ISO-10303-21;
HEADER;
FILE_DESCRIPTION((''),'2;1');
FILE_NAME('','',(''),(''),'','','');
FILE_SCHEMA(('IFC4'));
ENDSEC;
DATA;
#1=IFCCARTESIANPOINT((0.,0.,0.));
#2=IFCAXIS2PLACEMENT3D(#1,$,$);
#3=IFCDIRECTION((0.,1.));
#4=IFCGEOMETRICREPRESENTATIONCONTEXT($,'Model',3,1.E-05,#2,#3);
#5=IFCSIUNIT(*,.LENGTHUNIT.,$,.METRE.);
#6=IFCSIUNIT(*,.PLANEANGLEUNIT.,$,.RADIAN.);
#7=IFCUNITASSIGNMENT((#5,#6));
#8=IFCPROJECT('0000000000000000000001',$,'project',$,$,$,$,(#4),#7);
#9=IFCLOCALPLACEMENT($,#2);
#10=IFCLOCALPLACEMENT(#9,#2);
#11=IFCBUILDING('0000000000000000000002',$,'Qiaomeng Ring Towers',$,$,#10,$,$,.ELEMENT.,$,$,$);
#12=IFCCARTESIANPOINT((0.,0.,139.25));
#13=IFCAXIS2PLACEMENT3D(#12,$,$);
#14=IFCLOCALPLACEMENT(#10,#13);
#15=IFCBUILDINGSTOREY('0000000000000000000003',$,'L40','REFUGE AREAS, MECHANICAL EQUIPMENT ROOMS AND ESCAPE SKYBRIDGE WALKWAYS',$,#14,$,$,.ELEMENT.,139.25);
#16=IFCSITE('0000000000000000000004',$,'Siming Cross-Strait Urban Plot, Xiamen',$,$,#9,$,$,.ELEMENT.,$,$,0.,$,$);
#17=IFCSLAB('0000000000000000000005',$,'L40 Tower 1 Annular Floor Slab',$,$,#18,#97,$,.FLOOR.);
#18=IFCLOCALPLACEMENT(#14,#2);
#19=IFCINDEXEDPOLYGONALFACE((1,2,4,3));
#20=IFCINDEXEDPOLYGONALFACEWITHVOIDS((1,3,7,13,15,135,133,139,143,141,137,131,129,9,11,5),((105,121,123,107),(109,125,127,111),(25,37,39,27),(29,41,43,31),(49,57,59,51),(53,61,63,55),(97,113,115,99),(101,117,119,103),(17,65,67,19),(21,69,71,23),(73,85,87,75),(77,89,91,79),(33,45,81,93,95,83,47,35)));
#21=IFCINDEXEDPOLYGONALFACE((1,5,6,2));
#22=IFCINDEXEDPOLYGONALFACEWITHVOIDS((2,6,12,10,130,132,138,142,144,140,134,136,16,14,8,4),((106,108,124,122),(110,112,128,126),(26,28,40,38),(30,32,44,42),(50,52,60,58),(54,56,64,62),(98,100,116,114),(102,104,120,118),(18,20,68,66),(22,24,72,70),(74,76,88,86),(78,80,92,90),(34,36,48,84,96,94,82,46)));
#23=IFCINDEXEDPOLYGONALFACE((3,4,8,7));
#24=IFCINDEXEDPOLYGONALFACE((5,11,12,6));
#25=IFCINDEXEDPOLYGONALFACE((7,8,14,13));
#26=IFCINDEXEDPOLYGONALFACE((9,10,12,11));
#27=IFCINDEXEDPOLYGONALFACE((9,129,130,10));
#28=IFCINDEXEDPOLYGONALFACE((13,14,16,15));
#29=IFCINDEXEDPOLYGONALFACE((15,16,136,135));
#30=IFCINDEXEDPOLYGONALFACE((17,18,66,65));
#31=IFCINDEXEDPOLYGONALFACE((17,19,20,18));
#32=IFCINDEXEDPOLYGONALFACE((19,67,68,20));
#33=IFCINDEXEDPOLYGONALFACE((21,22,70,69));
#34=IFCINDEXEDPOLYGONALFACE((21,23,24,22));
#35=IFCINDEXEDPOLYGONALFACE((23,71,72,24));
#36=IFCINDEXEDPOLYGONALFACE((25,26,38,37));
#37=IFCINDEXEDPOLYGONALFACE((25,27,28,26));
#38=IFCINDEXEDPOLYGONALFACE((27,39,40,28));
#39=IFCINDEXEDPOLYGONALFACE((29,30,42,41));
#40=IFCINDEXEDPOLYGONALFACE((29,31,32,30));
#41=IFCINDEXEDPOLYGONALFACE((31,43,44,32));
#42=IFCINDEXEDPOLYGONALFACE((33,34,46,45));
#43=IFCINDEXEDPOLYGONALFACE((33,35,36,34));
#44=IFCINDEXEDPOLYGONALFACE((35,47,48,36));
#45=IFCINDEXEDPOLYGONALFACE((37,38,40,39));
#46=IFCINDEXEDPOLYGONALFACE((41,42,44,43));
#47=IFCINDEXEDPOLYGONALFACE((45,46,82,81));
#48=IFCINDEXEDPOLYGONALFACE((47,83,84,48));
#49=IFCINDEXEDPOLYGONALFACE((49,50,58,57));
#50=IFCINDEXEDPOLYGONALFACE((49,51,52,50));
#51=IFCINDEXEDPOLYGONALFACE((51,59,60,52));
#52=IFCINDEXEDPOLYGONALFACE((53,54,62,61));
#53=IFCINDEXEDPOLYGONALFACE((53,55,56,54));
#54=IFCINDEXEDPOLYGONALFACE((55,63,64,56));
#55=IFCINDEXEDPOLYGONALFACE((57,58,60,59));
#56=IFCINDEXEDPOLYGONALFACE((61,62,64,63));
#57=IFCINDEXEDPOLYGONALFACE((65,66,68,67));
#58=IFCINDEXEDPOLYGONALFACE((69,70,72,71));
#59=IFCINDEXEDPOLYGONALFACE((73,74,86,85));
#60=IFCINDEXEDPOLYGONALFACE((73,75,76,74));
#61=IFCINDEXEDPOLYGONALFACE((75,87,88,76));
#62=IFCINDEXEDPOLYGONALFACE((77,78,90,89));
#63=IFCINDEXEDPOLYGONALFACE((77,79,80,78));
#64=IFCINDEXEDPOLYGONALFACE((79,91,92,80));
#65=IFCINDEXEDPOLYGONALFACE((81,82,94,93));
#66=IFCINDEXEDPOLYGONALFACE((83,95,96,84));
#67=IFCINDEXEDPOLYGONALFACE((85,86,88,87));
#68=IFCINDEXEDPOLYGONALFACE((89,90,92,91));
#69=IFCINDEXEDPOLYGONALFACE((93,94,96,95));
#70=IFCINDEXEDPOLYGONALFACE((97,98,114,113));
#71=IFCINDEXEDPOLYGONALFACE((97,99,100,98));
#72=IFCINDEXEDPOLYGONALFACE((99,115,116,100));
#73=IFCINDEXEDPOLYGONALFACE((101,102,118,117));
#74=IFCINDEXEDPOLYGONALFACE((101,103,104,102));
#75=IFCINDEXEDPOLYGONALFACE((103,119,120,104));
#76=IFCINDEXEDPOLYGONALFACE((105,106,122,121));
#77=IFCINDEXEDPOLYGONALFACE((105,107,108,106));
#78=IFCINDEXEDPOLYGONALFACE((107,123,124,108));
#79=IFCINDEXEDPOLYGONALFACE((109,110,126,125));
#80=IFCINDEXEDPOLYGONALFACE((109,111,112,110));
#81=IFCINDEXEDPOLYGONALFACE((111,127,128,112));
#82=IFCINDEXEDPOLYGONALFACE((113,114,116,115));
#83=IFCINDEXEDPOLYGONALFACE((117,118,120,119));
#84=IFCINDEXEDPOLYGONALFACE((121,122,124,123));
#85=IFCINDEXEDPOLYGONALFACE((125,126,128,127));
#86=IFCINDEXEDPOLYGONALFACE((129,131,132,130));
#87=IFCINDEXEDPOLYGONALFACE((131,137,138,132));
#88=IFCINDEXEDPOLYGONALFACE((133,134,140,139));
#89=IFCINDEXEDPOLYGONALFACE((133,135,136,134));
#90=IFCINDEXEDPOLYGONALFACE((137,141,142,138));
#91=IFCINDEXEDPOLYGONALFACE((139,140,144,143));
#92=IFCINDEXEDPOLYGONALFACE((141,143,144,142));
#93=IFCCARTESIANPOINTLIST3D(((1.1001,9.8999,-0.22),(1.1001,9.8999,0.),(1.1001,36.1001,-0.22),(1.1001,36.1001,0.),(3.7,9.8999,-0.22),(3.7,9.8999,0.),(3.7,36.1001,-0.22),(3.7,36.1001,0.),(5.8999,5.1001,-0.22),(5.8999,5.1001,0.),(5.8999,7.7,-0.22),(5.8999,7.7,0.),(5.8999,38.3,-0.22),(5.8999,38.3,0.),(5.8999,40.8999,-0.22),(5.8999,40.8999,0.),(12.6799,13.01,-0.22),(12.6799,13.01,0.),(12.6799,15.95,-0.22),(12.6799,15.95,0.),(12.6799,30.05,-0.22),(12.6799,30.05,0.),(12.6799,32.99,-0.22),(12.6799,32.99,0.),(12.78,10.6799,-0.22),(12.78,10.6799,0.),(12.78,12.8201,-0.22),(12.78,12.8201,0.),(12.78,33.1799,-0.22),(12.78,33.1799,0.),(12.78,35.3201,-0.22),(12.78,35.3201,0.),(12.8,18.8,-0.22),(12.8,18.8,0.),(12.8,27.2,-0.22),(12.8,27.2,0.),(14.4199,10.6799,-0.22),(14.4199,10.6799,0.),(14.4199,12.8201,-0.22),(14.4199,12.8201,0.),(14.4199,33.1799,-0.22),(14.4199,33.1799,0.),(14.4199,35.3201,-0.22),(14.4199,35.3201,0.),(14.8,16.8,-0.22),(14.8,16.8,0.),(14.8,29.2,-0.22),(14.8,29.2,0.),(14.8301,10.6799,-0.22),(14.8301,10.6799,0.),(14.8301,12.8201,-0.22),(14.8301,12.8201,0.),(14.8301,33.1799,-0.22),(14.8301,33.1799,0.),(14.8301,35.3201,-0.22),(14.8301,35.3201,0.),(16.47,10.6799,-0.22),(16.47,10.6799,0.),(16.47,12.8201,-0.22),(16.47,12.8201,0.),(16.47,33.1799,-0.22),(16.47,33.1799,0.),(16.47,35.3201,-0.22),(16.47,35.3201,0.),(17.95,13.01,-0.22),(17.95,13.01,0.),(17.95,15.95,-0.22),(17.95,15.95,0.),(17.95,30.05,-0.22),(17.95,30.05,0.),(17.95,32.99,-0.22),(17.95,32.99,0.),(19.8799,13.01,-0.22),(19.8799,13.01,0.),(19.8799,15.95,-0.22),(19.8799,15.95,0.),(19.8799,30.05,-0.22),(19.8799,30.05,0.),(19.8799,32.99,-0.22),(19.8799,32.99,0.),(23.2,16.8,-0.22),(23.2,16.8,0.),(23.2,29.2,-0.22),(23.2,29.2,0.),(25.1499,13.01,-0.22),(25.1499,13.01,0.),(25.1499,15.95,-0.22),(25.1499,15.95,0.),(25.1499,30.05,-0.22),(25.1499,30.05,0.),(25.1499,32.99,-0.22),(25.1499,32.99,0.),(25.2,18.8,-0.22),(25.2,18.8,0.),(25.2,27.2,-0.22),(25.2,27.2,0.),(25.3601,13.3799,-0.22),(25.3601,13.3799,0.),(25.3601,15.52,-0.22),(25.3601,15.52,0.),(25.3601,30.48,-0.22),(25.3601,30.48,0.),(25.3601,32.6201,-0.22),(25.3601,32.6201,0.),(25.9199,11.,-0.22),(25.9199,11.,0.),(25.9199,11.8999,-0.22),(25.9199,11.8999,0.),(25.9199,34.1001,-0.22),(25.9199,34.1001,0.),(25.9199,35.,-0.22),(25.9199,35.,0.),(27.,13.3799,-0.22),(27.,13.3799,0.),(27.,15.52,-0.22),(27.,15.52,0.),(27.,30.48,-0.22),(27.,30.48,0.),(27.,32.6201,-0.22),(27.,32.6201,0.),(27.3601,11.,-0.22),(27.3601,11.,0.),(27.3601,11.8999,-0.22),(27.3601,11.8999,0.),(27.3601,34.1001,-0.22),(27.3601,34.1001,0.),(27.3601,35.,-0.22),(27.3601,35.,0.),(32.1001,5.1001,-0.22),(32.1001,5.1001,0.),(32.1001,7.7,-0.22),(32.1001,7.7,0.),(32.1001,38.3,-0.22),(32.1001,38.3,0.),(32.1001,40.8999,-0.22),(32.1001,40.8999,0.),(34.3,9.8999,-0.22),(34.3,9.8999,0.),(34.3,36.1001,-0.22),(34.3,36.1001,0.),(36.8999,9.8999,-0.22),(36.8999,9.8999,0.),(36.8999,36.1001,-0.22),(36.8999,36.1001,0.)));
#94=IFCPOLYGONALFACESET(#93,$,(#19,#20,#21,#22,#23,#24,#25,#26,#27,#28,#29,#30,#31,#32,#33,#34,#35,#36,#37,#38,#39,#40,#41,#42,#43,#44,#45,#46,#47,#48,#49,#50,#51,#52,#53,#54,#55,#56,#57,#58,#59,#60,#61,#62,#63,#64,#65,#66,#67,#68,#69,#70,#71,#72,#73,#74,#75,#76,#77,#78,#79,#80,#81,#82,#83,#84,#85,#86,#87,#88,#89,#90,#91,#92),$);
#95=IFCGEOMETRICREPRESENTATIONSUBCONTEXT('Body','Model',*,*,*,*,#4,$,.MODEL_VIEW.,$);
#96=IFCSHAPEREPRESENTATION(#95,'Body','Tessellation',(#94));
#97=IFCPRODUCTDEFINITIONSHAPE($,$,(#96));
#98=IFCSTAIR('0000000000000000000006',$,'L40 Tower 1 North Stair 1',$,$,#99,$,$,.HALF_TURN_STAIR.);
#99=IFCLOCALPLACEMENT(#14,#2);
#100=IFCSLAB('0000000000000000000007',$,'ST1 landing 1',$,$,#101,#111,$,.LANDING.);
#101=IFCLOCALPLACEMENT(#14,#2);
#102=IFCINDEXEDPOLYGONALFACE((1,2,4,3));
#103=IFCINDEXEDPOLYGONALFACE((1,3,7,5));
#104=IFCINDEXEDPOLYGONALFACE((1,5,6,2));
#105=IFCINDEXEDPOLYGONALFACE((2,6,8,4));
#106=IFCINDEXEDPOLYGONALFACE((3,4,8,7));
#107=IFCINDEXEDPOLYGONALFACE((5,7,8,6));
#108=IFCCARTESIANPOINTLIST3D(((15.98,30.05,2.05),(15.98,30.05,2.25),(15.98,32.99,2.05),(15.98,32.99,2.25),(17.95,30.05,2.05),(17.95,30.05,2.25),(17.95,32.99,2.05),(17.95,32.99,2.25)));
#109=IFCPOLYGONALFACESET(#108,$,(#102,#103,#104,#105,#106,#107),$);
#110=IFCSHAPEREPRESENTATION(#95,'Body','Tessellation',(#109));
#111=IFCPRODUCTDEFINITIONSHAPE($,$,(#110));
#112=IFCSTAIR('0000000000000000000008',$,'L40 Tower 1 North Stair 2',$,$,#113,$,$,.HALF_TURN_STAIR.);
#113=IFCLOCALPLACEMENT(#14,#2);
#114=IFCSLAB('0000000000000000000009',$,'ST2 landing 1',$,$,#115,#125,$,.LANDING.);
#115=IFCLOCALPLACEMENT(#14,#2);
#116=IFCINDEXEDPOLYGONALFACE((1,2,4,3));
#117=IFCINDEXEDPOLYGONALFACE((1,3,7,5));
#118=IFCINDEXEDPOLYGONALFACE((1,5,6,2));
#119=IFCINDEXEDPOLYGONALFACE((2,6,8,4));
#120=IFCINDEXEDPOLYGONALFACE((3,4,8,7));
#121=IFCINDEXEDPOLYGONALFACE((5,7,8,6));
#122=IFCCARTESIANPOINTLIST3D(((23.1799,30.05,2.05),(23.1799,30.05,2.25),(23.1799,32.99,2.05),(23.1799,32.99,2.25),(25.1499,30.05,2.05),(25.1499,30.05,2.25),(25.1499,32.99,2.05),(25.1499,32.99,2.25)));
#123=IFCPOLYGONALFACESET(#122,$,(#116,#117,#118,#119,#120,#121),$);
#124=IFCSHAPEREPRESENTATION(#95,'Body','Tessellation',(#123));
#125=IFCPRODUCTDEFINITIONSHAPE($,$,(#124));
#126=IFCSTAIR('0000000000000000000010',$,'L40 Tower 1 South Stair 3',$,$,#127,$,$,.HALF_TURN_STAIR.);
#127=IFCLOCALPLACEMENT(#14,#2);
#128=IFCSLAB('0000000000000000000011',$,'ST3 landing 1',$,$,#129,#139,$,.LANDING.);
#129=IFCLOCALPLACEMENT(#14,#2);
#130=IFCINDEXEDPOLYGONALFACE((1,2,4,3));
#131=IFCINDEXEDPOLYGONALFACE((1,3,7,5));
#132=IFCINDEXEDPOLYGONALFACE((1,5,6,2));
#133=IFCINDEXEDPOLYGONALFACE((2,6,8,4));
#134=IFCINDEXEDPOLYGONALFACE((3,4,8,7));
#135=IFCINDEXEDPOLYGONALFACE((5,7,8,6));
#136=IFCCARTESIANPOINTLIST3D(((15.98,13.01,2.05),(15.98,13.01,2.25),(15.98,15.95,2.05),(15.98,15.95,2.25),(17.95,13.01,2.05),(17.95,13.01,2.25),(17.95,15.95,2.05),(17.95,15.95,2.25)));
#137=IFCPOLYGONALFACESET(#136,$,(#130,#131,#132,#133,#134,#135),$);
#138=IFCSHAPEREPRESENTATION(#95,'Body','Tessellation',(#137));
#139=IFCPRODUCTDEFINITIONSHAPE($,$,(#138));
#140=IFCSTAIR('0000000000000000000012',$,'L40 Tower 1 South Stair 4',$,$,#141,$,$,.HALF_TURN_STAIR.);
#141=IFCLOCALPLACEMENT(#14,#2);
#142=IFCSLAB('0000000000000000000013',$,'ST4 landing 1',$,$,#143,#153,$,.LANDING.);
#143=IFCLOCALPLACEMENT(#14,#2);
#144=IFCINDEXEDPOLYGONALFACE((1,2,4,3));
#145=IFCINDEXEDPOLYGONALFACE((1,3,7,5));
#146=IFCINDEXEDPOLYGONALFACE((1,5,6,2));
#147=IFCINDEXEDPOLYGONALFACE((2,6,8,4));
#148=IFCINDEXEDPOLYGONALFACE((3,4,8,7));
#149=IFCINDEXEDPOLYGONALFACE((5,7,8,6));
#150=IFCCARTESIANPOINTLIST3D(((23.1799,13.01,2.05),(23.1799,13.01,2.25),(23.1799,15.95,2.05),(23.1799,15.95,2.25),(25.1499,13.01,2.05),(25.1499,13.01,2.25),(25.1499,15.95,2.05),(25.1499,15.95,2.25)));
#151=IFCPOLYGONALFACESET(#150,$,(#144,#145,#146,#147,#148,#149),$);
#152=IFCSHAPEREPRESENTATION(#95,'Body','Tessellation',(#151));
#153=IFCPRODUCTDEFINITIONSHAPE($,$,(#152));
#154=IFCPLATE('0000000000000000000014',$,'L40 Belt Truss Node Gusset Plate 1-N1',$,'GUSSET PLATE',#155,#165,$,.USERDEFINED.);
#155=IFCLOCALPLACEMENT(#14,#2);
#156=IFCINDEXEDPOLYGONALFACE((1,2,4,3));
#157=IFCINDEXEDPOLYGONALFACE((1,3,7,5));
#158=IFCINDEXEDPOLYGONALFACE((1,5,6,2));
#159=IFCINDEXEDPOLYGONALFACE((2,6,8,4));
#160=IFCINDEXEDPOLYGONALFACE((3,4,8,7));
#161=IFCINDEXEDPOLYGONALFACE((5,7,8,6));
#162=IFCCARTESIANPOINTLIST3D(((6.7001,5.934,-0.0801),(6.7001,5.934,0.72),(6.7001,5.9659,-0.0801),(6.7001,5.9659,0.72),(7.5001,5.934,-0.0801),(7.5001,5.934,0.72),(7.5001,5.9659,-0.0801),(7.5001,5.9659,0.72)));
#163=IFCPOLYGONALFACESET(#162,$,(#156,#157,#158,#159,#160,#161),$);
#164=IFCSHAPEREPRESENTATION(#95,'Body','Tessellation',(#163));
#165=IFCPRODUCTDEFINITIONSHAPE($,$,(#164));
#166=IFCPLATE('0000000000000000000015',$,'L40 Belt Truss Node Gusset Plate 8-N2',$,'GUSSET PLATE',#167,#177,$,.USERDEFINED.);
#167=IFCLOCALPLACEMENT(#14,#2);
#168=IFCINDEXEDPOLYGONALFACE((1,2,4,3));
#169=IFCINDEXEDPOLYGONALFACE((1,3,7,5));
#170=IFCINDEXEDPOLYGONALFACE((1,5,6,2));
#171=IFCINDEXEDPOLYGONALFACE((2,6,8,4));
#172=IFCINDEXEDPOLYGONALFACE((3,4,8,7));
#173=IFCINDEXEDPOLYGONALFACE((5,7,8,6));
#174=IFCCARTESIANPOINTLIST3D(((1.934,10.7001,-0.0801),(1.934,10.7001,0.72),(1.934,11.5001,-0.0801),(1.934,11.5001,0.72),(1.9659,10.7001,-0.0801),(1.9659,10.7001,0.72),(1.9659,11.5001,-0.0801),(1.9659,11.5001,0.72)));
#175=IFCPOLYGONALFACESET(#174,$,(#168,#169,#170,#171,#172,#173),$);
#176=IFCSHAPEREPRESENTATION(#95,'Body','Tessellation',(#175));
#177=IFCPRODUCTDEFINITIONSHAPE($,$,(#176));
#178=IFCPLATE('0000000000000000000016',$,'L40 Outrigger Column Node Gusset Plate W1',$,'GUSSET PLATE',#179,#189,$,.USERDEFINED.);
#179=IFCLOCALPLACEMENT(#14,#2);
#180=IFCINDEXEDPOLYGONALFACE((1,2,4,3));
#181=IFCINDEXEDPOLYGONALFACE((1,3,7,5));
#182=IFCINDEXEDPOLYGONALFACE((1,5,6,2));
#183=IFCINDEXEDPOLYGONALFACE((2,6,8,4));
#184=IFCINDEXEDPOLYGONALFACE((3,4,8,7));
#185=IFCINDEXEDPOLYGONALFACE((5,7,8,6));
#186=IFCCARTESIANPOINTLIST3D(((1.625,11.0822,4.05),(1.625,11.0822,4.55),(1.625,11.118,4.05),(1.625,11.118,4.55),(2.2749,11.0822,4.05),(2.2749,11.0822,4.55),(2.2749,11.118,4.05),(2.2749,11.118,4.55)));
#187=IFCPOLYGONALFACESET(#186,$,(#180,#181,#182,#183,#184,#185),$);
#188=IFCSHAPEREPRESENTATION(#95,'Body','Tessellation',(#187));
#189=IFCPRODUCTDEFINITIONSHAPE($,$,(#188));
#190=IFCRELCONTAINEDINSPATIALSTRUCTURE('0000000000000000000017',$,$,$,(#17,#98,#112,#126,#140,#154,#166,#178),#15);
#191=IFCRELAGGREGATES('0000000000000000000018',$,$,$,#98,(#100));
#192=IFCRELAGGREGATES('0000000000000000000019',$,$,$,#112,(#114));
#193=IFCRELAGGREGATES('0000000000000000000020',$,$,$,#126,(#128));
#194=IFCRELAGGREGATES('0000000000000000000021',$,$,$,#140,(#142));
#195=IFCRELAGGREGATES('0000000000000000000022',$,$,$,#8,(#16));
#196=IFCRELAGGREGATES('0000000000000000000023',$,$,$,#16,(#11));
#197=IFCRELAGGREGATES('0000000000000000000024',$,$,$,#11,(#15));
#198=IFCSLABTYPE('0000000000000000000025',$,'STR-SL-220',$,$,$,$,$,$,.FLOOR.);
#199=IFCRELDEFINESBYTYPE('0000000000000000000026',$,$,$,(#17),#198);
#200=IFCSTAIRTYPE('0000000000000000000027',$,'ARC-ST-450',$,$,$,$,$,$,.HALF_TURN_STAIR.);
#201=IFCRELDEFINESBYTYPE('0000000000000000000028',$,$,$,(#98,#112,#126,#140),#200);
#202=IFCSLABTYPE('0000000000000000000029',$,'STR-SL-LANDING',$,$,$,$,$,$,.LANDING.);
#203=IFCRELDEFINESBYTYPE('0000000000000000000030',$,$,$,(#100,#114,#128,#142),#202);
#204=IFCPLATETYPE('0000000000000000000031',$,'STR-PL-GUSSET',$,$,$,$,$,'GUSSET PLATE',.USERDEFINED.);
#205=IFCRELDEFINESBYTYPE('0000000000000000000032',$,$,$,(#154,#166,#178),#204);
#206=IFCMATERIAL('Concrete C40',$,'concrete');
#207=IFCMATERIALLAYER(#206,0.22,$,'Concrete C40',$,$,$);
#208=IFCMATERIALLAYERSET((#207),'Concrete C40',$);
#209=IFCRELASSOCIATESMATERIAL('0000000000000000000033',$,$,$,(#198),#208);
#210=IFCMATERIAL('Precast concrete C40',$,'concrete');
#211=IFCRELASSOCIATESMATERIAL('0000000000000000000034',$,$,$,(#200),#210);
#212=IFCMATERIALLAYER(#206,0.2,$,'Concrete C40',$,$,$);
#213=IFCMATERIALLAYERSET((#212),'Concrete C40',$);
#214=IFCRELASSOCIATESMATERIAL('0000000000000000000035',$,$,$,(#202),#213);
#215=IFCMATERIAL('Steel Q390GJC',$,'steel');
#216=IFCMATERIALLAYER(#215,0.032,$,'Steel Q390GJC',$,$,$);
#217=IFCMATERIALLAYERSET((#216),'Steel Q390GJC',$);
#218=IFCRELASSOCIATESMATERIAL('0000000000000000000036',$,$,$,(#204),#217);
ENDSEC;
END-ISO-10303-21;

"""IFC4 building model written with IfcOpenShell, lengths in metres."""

from ifc_helpers import new_model, si_unit, direction, frame, origin, origin_2d, place, context, subcontext, project, spatial, polyline, rectangle, outline, extrude, source, transform, mapped, material, layer, layer_set, type_object, element, aggregate, save


model = new_model("IFC4")

# Units and contexts
model_context = context("Model", 3, precision=1e-05, world=origin(), true_north=direction((0.0, 1.0)))
body_context = subcontext(model_context, "Body", "Model", "MODEL_VIEW")
ifc_project = project(units=[si_unit("LENGTHUNIT", "METRE"), si_unit("PLANEANGLEUNIT", "RADIAN")], contexts=[model_context])

# Site, building, storey
site_placement = place(None, origin())
site = spatial("IfcSite", under=ifc_project, at=site_placement, Name="Siming Cross-Strait Urban Plot, Xiamen", CompositionType="ELEMENT", RefElevation=0.0)
building_placement = place(site_placement, origin())
building = spatial("IfcBuilding", under=site, at=building_placement, Name="Qiaomeng Ring Towers", CompositionType="ELEMENT")
storey_placement = place(building_placement, frame((0.0, 0.0, 139.25)))
storey = spatial("IfcBuildingStorey", under=building, at=storey_placement, Name="L40", Description="REFUGE AREAS, MECHANICAL EQUIPMENT ROOMS AND ESCAPE SKYBRIDGE WALKWAYS", CompositionType="ELEMENT", Elevation=139.25)

# Shared definitions
ifc_material_1 = material(Name="Steel Q390GJC", Category="steel")

# Slab
ifc_material_2 = material(Name="Concrete C40", Category="concrete")
ifc_layer_1 = layer(ifc_material_2, 0.22, Name="Concrete C40")
ifc_layer_set_1 = layer_set([ifc_layer_1], Name="Concrete C40")
slab_type_1 = type_object("IfcSlabType", Name="STR-SL-220", PredefinedType="FLOOR", material=ifc_layer_set_1)
slab_1_placement = place(storey_placement, frame((0.0, 0.0, -0.22)))
element("IfcSlab", 1, at=slab_1_placement, inside=storey, type_object=slab_type_1, Name="L40 Tower 1 Annular Floor Slab", PredefinedType="FLOOR", context=body_context, shape_type="SweptSolid", body=[
    extrude(outline(polyline([(5.8999, 5.1001), (32.1001, 5.1001), (32.1001, 7.7), (34.3, 9.8999), (36.8999, 9.8999), (36.8999, 36.1001), (34.3, 36.1001), (32.1001, 38.3), (32.1001, 40.8999), (5.8999, 40.8999), (5.8999, 38.3), (3.7, 36.1001), (1.1001, 36.1001), (1.1001, 9.8999), (3.7, 9.8999), (5.8999, 7.7), (5.8999, 5.1001)]), holes=[polyline([(12.78, 10.6799), (12.78, 12.8201), (14.4199, 12.8201), (14.4199, 10.6799), (12.78, 10.6799)]), polyline([(14.8301, 12.8201), (16.47, 12.8201), (16.47, 10.6799), (14.8301, 10.6799), (14.8301, 12.8201)]), polyline([(12.6799, 15.95), (17.95, 15.95), (17.95, 13.01), (12.6799, 13.01), (12.6799, 15.95)]), polyline([(23.2, 29.2), (25.2, 27.2), (25.2, 18.8), (23.2, 16.8), (14.8, 16.8), (12.8, 18.8), (12.8, 27.2), (14.8, 29.2), (23.2, 29.2)]), polyline([(12.6799, 32.99), (17.95, 32.99), (17.95, 30.05), (12.6799, 30.05), (12.6799, 32.99)]), polyline([(12.78, 35.3201), (14.4199, 35.3201), (14.4199, 33.1799), (12.78, 33.1799), (12.78, 35.3201)]), polyline([(14.8301, 33.1799), (14.8301, 35.3201), (16.47, 35.3201), (16.47, 33.1799), (14.8301, 33.1799)]), polyline([(25.9199, 11.8999), (27.3601, 11.8999), (27.3601, 11.0), (25.9199, 11.0), (25.9199, 11.8999)]), polyline([(25.3601, 15.52), (27.0, 15.52), (27.0, 13.3799), (25.3601, 13.3799), (25.3601, 15.52)]), polyline([(19.8799, 15.95), (25.1499, 15.95), (25.1499, 13.01), (19.8799, 13.01), (19.8799, 15.95)]), polyline([(19.8799, 32.99), (25.1499, 32.99), (25.1499, 30.05), (19.8799, 30.05), (19.8799, 32.99)]), polyline([(25.3601, 32.6201), (27.0, 32.6201), (27.0, 30.48), (25.3601, 30.48), (25.3601, 32.6201)]), polyline([(25.9199, 35.0), (27.3601, 35.0), (27.3601, 34.1001), (25.9199, 34.1001), (25.9199, 35.0)])]), origin(), (0.0, 0.0, 1.0), 0.22),
])

# Stairs, slabs
ifc_material_3 = material(Name="Precast concrete C40", Category="concrete")
stair_type = type_object("IfcStairType", Name="ARC-ST-450", PredefinedType="HALF_TURN_STAIR", material=ifc_material_3)
stair_1_placement = place(storey_placement, origin())
stair_1 = element("IfcStair", 2, at=stair_1_placement, inside=storey, type_object=stair_type, Name="L40 Tower 1 North Stair 1", PredefinedType="HALF_TURN_STAIR")
ifc_layer_2 = layer(ifc_material_2, 0.2, Name="Concrete C40")
ifc_layer_set_2 = layer_set([ifc_layer_2], Name="Concrete C40")
slab_type_2 = type_object("IfcSlabType", Name="STR-SL-LANDING", PredefinedType="LANDING", material=ifc_layer_set_2)
slab_2_placement = place(storey_placement, frame((0.0, 0.0, 2.05)))
slab_2 = element("IfcSlab", 3, at=slab_2_placement, type_object=slab_type_2, Name="ST1 landing 1", PredefinedType="LANDING", context=body_context, shape_type="SweptSolid", body=[
    extrude(outline(polyline([(15.98, 30.05), (17.95, 30.05), (17.95, 32.99), (15.98, 32.99), (15.98, 30.05)])), origin(), (0.0, 0.0, 1.0), 0.2),
])
aggregate(stair_1, [slab_2])
stair_2_placement = place(storey_placement, origin())
stair_2 = element("IfcStair", 4, at=stair_2_placement, inside=storey, type_object=stair_type, Name="L40 Tower 1 North Stair 2", PredefinedType="HALF_TURN_STAIR")
slab_3_placement = place(storey_placement, frame((0.0, 0.0, 2.05)))
slab_3 = element("IfcSlab", 5, at=slab_3_placement, type_object=slab_type_2, Name="ST2 landing 1", PredefinedType="LANDING", context=body_context, shape_type="SweptSolid", body=[
    extrude(outline(polyline([(23.1799, 30.05), (25.1499, 30.05), (25.1499, 32.99), (23.1799, 32.99), (23.1799, 30.05)])), origin(), (0.0, 0.0, 1.0), 0.2),
])
aggregate(stair_2, [slab_3])
stair_3_placement = place(storey_placement, origin())
stair_3 = element("IfcStair", 6, at=stair_3_placement, inside=storey, type_object=stair_type, Name="L40 Tower 1 South Stair 3", PredefinedType="HALF_TURN_STAIR")
slab_4_placement = place(storey_placement, frame((0.0, 0.0, 2.05)))
slab_4 = element("IfcSlab", 7, at=slab_4_placement, type_object=slab_type_2, Name="ST3 landing 1", PredefinedType="LANDING", context=body_context, shape_type="SweptSolid", body=[
    extrude(outline(polyline([(15.98, 13.01), (17.95, 13.01), (17.95, 15.95), (15.98, 15.95), (15.98, 13.01)])), origin(), (0.0, 0.0, 1.0), 0.2),
])
aggregate(stair_3, [slab_4])
stair_4_placement = place(storey_placement, origin())
stair_4 = element("IfcStair", 8, at=stair_4_placement, inside=storey, type_object=stair_type, Name="L40 Tower 1 South Stair 4", PredefinedType="HALF_TURN_STAIR")
slab_5_placement = place(storey_placement, frame((0.0, 0.0, 2.05)))
slab_5 = element("IfcSlab", 9, at=slab_5_placement, type_object=slab_type_2, Name="ST4 landing 1", PredefinedType="LANDING", context=body_context, shape_type="SweptSolid", body=[
    extrude(outline(polyline([(23.1799, 13.01), (25.1499, 13.01), (25.1499, 15.95), (23.1799, 15.95), (23.1799, 13.01)])), origin(), (0.0, 0.0, 1.0), 0.2),
])
aggregate(stair_4, [slab_5])

# Plates
ifc_layer_3 = layer(ifc_material_1, 0.032, Name="Steel Q390GJC")
ifc_layer_set_3 = layer_set([ifc_layer_3], Name="Steel Q390GJC")
plate_type = type_object("IfcPlateType", Name="STR-PL-GUSSET", ElementType="GUSSET PLATE", PredefinedType="USERDEFINED", material=ifc_layer_set_3)
shared_shape_1 = source(origin(), body_context, "Body", "SweptSolid", [
    extrude(rectangle(XDim=0.8, YDim=0.032, at=origin_2d()), origin(), (0.0, 0.0, 1.0), 0.8),
])
for number, where, z_axis, x_axis, name in (
    (10, (7.1001, 5.95, -0.0801), (0.0, 0.0, 1.0), (1.0, 0.0, 0.0), "L40 Belt Truss Node Gusset Plate 1-N1"),
    (11, (1.95, 11.1001, -0.0801), (0.0, 0.0, 1.0), (0.0, -1.0, 0.0), "L40 Belt Truss Node Gusset Plate 8-N2"),
):
    element("IfcPlate", number, at=place(storey_placement, frame(where, z_axis=z_axis, x_axis=x_axis)), inside=storey, type_object=plate_type, Name=name, ObjectType="GUSSET PLATE", PredefinedType="USERDEFINED", context=body_context, shape_type="MappedRepresentation", body=[
        mapped(shared_shape_1, transform((0.0, 0.0, 0.0), x_axis=(1.0, 0.0, 0.0), y_axis=(0.0, 1.0, 0.0), z_axis=(0.0, 0.0, 1.0), scale=1.0)),
    ])
shared_shape_2 = source(origin(), body_context, "Body", "SweptSolid", [
    extrude(rectangle(XDim=0.6499, YDim=0.0359, at=origin_2d()), origin(), (0.0, 0.0, 1.0), 0.5),
])
plate_placement = place(storey_placement, frame((1.95, 11.1001, 4.05), z_axis=(0.0, 0.0, 1.0), x_axis=(1.0, 0.0, 0.0)))
element("IfcPlate", 12, at=plate_placement, inside=storey, type_object=plate_type, Name="L40 Outrigger Column Node Gusset Plate W1", ObjectType="GUSSET PLATE", PredefinedType="USERDEFINED", context=body_context, shape_type="MappedRepresentation", body=[
    mapped(shared_shape_2, transform((0.0, 0.0, 0.0), x_axis=(1.0, 0.0, 0.0), y_axis=(0.0, 1.0, 0.0), z_axis=(0.0, 0.0, 1.0), scale=1.0)),
])

save(model, "model.ifc")
